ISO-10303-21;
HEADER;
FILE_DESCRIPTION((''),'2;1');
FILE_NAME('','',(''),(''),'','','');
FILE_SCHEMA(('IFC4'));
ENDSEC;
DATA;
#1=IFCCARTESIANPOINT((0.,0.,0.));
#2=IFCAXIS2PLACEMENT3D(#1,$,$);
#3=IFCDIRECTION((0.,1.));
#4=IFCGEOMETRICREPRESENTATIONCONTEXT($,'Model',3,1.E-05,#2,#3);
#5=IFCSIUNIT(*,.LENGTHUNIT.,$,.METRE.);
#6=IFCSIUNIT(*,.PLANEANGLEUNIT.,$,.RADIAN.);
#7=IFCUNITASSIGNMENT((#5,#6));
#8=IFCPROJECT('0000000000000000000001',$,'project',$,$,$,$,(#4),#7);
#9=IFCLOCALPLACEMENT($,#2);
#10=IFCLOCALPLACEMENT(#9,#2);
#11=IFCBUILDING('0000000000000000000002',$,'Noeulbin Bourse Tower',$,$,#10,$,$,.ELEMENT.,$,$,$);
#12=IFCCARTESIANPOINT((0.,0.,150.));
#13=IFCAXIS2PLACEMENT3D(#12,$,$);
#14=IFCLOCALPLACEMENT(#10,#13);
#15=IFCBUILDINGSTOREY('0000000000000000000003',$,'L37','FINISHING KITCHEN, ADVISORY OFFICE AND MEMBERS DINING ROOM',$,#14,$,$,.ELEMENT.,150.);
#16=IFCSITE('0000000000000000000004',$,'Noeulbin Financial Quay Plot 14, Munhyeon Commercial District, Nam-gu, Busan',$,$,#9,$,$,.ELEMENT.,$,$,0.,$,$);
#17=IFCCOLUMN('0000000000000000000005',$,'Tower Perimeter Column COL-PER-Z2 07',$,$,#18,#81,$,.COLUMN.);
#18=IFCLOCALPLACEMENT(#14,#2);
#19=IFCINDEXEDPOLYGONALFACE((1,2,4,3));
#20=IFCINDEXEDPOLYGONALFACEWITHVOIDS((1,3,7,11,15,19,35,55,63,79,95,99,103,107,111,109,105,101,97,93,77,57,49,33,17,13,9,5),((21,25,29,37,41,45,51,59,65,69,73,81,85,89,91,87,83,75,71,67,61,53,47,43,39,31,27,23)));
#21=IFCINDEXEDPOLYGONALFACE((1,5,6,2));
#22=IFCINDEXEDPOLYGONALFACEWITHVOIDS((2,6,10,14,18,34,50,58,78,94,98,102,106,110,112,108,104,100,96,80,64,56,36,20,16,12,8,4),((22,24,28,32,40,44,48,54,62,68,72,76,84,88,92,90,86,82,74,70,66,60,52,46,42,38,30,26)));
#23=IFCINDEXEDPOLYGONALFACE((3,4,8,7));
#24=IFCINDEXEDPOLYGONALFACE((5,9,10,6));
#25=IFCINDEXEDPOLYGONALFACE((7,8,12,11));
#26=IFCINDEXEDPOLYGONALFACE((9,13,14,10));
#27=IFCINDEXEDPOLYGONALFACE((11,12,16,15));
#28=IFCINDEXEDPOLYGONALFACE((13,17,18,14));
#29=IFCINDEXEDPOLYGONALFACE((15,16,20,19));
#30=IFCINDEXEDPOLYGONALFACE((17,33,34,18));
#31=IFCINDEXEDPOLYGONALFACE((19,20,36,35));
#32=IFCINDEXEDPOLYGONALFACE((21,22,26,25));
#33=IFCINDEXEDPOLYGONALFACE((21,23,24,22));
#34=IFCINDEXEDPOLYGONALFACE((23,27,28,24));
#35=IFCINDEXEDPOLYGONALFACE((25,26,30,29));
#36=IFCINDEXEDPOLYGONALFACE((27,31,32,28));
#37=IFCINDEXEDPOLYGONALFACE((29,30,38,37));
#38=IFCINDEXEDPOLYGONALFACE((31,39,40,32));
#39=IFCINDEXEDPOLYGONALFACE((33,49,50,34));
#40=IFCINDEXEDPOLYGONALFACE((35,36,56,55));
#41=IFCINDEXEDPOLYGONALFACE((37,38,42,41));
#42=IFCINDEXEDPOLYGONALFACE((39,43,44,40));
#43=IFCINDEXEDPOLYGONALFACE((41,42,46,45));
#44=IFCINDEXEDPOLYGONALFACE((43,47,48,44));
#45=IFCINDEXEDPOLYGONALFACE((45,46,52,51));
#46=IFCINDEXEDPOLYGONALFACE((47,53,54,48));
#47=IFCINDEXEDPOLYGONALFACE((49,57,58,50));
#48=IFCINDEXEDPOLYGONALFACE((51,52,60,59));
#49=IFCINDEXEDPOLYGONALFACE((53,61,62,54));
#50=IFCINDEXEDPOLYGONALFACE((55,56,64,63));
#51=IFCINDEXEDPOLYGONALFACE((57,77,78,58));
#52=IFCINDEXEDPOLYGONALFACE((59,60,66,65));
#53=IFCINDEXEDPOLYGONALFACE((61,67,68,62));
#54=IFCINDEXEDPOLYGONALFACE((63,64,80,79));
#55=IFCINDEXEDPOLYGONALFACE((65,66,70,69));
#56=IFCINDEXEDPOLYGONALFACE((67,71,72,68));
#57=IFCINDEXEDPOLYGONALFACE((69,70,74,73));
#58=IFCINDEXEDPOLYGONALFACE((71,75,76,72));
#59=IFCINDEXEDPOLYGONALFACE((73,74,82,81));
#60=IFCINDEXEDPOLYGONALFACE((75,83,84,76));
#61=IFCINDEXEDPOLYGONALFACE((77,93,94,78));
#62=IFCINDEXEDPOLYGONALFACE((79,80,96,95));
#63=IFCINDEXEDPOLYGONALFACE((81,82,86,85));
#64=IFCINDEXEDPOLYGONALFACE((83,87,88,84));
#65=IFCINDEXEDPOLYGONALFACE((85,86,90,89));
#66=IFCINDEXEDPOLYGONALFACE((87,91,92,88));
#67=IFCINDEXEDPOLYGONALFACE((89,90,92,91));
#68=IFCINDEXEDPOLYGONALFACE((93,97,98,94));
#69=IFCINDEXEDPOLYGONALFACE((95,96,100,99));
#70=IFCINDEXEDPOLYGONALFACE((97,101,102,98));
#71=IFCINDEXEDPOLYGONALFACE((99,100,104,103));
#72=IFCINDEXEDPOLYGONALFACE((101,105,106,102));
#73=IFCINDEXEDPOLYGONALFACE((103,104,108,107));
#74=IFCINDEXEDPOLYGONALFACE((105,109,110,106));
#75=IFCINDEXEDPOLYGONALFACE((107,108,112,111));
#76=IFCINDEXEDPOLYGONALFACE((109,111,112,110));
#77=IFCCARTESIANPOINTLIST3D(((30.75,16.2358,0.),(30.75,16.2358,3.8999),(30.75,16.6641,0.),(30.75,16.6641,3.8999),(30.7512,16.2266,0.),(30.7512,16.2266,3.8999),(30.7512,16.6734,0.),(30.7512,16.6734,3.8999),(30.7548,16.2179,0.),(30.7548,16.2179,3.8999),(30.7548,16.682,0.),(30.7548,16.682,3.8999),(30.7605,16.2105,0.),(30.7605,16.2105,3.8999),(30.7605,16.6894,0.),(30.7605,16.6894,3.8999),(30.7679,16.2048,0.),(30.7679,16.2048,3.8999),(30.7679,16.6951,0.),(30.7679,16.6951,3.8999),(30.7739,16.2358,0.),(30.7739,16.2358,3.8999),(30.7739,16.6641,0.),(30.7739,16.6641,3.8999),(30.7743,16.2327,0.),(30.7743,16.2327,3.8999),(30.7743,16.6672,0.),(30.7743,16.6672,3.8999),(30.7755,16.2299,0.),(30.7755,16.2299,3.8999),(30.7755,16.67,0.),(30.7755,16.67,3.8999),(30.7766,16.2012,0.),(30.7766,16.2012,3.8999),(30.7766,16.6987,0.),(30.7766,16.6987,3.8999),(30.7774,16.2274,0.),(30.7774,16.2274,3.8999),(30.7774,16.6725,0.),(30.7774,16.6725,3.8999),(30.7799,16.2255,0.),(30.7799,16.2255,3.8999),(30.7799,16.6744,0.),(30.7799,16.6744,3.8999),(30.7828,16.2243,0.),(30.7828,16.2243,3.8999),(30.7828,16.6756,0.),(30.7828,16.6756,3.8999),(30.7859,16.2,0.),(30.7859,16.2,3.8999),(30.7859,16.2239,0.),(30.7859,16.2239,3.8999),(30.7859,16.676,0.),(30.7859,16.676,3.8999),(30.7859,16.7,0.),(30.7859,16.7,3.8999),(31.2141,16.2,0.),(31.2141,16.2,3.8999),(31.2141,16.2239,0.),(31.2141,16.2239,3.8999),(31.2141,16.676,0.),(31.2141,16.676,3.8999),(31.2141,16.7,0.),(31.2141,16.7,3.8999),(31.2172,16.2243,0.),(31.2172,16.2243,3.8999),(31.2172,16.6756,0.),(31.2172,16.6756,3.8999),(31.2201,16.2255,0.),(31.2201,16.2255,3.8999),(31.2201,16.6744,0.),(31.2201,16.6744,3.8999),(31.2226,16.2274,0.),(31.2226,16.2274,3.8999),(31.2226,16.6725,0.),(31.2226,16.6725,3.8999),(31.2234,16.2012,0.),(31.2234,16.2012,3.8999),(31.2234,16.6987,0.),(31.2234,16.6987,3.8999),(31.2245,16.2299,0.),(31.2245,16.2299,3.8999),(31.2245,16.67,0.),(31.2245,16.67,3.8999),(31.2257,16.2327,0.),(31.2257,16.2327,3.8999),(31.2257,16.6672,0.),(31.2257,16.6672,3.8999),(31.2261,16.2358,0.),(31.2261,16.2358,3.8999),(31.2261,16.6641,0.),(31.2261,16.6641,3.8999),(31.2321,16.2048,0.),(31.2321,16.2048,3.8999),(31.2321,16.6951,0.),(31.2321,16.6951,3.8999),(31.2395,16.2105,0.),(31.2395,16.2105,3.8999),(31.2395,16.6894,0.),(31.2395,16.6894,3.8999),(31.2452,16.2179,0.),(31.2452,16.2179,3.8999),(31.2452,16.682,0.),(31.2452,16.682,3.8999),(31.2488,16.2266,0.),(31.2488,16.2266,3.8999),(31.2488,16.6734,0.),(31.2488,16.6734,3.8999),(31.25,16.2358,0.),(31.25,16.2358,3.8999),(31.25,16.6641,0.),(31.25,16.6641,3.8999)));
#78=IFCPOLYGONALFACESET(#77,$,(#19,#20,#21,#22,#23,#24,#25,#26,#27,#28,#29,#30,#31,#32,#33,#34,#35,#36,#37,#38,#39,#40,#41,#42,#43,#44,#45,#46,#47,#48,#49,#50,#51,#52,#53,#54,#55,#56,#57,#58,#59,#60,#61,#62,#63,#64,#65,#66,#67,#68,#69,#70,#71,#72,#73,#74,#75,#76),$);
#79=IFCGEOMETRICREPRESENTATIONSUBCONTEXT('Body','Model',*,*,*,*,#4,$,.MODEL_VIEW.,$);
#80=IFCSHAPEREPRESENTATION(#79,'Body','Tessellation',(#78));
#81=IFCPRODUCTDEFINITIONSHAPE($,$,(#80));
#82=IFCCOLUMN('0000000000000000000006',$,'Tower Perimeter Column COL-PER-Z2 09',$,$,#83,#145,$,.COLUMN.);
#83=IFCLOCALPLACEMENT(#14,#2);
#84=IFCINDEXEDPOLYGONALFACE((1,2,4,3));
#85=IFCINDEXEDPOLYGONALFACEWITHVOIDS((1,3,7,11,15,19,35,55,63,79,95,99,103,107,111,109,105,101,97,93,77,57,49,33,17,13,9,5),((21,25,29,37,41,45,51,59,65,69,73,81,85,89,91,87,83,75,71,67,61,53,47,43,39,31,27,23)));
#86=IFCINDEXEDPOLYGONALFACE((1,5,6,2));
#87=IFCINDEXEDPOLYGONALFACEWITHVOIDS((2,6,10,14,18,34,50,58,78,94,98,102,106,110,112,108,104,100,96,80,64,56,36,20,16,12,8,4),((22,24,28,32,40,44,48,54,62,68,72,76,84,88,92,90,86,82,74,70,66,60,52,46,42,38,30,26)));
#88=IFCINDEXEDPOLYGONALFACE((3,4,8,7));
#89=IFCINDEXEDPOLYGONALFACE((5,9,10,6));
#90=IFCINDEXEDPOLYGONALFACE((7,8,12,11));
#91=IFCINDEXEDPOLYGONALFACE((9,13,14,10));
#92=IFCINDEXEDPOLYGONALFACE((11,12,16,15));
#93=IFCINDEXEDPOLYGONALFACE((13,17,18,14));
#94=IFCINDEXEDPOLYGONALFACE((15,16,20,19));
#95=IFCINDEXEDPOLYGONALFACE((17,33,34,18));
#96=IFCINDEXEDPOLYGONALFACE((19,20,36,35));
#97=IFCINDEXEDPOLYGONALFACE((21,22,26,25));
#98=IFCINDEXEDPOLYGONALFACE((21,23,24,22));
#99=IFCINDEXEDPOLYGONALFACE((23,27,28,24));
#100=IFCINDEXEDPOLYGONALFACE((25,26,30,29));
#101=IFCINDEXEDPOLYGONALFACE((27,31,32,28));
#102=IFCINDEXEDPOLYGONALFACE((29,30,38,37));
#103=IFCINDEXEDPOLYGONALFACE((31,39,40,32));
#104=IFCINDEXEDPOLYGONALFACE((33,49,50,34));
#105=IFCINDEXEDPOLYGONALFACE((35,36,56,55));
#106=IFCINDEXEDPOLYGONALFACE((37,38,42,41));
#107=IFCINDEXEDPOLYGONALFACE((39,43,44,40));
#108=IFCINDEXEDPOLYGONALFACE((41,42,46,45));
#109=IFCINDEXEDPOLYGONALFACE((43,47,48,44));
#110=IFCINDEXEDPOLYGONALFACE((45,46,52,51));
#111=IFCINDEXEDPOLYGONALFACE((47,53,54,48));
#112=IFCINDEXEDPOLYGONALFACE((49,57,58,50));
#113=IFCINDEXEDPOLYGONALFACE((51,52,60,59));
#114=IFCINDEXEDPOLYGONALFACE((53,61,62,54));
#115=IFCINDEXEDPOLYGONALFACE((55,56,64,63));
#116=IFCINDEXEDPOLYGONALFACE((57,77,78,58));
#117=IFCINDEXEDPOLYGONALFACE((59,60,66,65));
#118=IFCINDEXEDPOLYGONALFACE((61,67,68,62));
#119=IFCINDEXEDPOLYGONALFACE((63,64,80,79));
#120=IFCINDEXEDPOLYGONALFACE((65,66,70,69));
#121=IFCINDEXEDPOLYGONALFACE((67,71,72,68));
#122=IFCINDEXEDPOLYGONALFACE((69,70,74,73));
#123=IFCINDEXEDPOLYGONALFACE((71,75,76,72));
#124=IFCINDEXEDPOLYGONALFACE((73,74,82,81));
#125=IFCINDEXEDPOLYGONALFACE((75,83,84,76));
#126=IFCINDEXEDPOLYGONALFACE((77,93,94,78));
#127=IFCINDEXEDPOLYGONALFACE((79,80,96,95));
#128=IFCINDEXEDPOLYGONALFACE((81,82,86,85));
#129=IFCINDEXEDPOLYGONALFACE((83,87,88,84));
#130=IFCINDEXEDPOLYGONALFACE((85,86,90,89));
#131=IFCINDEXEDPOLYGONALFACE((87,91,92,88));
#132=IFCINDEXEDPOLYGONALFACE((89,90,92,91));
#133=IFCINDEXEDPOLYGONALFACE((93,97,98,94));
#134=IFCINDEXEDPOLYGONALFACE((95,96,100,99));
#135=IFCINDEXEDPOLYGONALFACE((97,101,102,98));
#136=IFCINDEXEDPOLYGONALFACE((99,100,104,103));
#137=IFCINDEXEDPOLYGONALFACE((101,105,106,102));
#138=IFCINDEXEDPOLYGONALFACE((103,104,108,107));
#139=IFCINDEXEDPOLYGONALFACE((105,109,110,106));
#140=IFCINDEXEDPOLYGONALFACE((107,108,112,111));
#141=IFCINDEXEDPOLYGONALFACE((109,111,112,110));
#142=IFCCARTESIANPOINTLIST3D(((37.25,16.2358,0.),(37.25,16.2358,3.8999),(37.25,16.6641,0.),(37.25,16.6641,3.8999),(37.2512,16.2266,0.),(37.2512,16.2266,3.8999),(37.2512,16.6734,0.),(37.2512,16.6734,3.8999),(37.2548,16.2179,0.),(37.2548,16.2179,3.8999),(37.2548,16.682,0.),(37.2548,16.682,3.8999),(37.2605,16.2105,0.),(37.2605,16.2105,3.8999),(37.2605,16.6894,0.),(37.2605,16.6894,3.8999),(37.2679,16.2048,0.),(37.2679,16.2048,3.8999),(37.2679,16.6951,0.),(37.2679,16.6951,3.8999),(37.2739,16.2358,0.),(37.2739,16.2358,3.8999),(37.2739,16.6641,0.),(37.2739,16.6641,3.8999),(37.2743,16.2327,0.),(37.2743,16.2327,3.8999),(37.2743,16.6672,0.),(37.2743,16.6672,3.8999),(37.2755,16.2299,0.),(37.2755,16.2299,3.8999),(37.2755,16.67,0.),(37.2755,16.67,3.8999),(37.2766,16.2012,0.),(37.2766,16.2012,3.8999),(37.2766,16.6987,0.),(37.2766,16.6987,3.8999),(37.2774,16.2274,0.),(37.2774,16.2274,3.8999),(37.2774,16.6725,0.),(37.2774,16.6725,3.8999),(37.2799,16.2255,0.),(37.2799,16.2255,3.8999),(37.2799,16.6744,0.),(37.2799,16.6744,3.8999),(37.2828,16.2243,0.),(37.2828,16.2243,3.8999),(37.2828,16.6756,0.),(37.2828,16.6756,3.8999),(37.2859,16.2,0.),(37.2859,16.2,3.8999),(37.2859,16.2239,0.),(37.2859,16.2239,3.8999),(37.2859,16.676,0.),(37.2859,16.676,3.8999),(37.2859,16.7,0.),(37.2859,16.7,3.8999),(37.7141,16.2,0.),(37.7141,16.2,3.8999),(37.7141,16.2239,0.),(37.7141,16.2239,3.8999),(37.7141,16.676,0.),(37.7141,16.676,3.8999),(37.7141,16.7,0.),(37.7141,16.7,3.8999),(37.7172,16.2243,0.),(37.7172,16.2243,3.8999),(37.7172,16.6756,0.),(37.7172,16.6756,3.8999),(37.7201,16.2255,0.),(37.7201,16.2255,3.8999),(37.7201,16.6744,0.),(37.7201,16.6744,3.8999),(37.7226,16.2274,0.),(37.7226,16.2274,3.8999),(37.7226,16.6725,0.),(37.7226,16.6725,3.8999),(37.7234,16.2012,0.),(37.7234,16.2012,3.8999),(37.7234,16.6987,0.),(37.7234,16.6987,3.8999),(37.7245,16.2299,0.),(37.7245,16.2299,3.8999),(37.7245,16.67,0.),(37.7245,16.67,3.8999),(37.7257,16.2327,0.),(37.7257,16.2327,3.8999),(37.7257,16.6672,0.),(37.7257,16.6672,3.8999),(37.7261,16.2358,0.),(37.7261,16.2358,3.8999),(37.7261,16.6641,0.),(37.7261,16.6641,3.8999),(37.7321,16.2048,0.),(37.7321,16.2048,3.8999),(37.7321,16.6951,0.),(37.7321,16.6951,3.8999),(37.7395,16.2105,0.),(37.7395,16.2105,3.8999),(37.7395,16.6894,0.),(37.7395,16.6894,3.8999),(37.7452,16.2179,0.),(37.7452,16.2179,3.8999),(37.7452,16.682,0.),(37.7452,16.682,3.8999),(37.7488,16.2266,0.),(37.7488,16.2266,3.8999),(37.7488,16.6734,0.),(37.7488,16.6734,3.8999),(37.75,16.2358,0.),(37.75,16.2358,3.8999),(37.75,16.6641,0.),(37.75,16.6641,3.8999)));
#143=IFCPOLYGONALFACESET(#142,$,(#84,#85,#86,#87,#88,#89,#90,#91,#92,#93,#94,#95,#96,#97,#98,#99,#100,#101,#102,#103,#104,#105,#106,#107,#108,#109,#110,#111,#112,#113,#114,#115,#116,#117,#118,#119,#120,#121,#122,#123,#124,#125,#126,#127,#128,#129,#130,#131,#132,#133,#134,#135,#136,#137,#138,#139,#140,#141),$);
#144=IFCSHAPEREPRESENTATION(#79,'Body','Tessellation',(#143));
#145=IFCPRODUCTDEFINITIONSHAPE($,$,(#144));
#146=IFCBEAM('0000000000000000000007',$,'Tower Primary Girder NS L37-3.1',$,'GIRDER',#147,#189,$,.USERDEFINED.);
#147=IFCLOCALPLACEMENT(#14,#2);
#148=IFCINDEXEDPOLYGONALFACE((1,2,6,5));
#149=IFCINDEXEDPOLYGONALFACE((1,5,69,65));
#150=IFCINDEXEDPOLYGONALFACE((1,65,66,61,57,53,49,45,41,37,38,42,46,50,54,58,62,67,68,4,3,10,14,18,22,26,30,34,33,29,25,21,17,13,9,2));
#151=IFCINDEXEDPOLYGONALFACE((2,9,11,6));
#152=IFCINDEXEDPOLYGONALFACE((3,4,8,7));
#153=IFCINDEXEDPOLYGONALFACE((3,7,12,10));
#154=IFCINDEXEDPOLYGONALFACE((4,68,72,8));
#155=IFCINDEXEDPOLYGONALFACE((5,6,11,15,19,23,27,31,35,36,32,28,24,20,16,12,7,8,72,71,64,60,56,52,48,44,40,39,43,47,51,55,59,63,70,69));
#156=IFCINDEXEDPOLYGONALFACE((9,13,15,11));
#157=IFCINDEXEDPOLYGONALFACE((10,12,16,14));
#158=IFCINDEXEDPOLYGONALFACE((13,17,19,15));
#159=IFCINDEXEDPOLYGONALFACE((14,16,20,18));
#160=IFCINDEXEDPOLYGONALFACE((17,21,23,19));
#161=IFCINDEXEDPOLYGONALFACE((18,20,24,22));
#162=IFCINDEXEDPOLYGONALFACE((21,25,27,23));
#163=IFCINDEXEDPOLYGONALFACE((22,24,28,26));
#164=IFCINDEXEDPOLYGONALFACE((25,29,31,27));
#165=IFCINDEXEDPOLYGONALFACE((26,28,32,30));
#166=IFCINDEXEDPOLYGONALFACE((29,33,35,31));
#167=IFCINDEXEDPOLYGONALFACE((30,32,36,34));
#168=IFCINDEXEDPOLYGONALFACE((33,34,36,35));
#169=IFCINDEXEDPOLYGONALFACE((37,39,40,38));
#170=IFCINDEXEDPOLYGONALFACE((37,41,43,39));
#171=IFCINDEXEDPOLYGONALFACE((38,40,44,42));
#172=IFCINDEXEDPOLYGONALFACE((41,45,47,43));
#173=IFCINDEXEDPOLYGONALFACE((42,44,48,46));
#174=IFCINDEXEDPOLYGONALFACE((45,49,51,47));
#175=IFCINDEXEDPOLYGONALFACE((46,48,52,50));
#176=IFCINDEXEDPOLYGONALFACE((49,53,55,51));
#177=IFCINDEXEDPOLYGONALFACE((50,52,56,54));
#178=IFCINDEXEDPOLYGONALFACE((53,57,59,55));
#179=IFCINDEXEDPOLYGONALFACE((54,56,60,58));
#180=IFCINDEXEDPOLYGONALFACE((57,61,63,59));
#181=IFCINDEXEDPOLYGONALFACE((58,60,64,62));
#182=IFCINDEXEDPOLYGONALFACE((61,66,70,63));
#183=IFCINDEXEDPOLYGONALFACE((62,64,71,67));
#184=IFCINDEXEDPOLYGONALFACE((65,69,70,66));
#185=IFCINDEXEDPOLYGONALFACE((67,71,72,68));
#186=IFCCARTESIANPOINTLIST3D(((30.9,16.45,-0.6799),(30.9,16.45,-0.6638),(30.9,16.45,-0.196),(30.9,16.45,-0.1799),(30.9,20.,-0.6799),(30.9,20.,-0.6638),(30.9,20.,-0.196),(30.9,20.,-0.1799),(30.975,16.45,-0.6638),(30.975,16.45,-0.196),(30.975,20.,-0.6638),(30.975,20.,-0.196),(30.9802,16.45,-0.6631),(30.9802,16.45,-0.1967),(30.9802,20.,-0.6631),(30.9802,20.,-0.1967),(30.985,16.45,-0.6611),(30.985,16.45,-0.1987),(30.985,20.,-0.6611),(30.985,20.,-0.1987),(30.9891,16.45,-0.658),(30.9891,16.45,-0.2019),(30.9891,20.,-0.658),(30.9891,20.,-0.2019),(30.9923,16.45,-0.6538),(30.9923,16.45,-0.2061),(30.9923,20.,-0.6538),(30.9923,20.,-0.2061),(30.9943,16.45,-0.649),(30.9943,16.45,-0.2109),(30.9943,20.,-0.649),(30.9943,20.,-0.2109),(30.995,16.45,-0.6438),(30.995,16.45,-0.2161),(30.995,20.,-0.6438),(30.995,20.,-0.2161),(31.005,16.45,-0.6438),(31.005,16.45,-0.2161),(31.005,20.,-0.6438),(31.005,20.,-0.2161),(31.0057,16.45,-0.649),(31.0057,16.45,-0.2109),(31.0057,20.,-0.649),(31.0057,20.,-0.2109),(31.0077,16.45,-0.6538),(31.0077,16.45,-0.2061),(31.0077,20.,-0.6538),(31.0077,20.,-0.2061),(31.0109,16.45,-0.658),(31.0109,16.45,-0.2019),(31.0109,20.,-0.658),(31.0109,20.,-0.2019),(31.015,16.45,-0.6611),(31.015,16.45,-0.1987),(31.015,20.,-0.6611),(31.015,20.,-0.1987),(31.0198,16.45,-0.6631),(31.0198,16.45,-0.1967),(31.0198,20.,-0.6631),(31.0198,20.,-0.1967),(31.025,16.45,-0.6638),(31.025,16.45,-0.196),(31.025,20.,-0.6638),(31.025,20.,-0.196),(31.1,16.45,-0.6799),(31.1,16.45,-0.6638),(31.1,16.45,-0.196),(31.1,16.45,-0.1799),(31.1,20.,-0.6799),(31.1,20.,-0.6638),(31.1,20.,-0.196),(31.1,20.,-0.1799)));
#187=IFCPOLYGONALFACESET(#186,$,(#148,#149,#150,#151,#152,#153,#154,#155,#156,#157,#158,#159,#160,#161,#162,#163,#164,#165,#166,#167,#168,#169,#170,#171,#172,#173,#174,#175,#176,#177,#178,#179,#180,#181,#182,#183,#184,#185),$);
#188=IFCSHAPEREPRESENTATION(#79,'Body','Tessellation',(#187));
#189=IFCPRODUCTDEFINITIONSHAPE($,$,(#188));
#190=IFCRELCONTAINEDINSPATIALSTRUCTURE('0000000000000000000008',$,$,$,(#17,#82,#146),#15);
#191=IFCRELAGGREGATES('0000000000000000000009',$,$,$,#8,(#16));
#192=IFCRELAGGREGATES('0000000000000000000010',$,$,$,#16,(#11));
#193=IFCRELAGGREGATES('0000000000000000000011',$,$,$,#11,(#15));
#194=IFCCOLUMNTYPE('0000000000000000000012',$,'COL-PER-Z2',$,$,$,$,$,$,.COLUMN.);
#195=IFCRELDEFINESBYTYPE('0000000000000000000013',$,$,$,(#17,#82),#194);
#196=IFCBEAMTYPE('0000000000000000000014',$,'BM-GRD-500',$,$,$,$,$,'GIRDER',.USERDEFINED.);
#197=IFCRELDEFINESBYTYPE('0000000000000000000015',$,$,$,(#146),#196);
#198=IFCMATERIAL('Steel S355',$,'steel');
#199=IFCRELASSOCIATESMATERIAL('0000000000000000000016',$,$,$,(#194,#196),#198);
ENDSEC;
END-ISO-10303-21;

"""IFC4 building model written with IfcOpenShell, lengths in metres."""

from ifc_helpers import new_model, si_unit, direction, frame, origin, origin_2d, place, context, subcontext, project, spatial, hollow_rectangle, i_section, extrude, material, material_profile, profile_set, type_object, element, save


model = new_model("IFC4")

# Units and contexts
model_context = context("Model", 3, precision=1e-05, world=origin(), true_north=direction((0.0, 1.0)))
body_context = subcontext(model_context, "Body", "Model", "MODEL_VIEW")
ifc_project = project(units=[si_unit("LENGTHUNIT", "METRE"), si_unit("PLANEANGLEUNIT", "RADIAN")], contexts=[model_context])

# Site, building, storey
site_placement = place(None, origin())
site = spatial("IfcSite", under=ifc_project, at=site_placement, Name="Noeulbin Financial Quay Plot 14, Munhyeon Commercial District, Nam-gu, Busan", CompositionType="ELEMENT", RefElevation=0.0)
building_placement = place(site_placement, origin())
building = spatial("IfcBuilding", under=site, at=building_placement, Name="Noeulbin Bourse Tower", CompositionType="ELEMENT")
storey_placement = place(building_placement, frame((0.0, 0.0, 150.0)))
storey = spatial("IfcBuildingStorey", under=building, at=storey_placement, Name="L37", Description="FINISHING KITCHEN, ADVISORY OFFICE AND MEMBERS DINING ROOM", CompositionType="ELEMENT", Elevation=150.0)

# Columns
ifc_material_1 = material(Name="Steel S355", Category="steel")
ifc_material_profile_1 = material_profile(ifc_material_1, hollow_rectangle(XDim=0.5, YDim=0.5, WallThickness=0.0239, InnerFilletRadius=0.012, OuterFilletRadius=0.0359, at=origin_2d()), Name="BOX-500x500x24", Category="LoadBearing")
ifc_profile_set_1 = profile_set([ifc_material_profile_1], Name="Steel S355")
column_type = type_object("IfcColumnType", Name="COL-PER-Z2", PredefinedType="COLUMN", material=ifc_profile_set_1)
for number, where, z_axis, x_axis, name in (
    (1, (31.0, 16.45, 0.0), (0.0, 0.0, 1.0), (1.0, 0.0, 0.0), "Tower Perimeter Column COL-PER-Z2 07"),
    (2, (37.5, 16.45, 0.0), (0.0, 0.0, 1.0), (1.0, 0.0, 0.0), "Tower Perimeter Column COL-PER-Z2 09"),
):
    element("IfcColumn", number, at=place(storey_placement, frame(where, z_axis=z_axis, x_axis=x_axis)), inside=storey, type_object=column_type, Name=name, PredefinedType="COLUMN", context=body_context, shape_type="SweptSolid", body=[
        extrude(hollow_rectangle(XDim=0.5, YDim=0.5, WallThickness=0.0239, InnerFilletRadius=0.012, OuterFilletRadius=0.0359, at=origin_2d()), origin(), (0.0, 0.0, 1.0), 3.8999),
    ])

# Beam
ifc_material_profile_2 = material_profile(ifc_material_1, i_section(OverallWidth=0.2, OverallDepth=0.5, WebThickness=0.01, FlangeThickness=0.0161, FilletRadius=0.02, at=origin_2d()), Name="H-500x200x10x16", Category="LoadBearing")
ifc_profile_set_2 = profile_set([ifc_material_profile_2], Name="Steel S355")
beam_type_1 = type_object("IfcBeamType", Name="BM-GRD-500", ElementType="GIRDER", PredefinedType="USERDEFINED", material=ifc_profile_set_2)
for number, where, z_axis, x_axis, name in (
    (3, (31.0, 16.45, -0.4299), (0.0, 1.0, 0.0), (-1.0, 0.0, 0.0), "Tower Primary Girder NS L37-3.1"),
):
    element("IfcBeam", number, at=place(storey_placement, frame(where, z_axis=z_axis, x_axis=x_axis)), inside=storey, type_object=beam_type_1, Name=name, ObjectType="GIRDER", PredefinedType="USERDEFINED", context=body_context, shape_type="SweptSolid", body=[
        extrude(i_section(OverallWidth=0.2, OverallDepth=0.5, WebThickness=0.01, FlangeThickness=0.0161, FilletRadius=0.02, at=origin_2d()), origin(), (0.0, 0.0, 1.0), 3.55),
    ])

save(model, "model.ifc")
